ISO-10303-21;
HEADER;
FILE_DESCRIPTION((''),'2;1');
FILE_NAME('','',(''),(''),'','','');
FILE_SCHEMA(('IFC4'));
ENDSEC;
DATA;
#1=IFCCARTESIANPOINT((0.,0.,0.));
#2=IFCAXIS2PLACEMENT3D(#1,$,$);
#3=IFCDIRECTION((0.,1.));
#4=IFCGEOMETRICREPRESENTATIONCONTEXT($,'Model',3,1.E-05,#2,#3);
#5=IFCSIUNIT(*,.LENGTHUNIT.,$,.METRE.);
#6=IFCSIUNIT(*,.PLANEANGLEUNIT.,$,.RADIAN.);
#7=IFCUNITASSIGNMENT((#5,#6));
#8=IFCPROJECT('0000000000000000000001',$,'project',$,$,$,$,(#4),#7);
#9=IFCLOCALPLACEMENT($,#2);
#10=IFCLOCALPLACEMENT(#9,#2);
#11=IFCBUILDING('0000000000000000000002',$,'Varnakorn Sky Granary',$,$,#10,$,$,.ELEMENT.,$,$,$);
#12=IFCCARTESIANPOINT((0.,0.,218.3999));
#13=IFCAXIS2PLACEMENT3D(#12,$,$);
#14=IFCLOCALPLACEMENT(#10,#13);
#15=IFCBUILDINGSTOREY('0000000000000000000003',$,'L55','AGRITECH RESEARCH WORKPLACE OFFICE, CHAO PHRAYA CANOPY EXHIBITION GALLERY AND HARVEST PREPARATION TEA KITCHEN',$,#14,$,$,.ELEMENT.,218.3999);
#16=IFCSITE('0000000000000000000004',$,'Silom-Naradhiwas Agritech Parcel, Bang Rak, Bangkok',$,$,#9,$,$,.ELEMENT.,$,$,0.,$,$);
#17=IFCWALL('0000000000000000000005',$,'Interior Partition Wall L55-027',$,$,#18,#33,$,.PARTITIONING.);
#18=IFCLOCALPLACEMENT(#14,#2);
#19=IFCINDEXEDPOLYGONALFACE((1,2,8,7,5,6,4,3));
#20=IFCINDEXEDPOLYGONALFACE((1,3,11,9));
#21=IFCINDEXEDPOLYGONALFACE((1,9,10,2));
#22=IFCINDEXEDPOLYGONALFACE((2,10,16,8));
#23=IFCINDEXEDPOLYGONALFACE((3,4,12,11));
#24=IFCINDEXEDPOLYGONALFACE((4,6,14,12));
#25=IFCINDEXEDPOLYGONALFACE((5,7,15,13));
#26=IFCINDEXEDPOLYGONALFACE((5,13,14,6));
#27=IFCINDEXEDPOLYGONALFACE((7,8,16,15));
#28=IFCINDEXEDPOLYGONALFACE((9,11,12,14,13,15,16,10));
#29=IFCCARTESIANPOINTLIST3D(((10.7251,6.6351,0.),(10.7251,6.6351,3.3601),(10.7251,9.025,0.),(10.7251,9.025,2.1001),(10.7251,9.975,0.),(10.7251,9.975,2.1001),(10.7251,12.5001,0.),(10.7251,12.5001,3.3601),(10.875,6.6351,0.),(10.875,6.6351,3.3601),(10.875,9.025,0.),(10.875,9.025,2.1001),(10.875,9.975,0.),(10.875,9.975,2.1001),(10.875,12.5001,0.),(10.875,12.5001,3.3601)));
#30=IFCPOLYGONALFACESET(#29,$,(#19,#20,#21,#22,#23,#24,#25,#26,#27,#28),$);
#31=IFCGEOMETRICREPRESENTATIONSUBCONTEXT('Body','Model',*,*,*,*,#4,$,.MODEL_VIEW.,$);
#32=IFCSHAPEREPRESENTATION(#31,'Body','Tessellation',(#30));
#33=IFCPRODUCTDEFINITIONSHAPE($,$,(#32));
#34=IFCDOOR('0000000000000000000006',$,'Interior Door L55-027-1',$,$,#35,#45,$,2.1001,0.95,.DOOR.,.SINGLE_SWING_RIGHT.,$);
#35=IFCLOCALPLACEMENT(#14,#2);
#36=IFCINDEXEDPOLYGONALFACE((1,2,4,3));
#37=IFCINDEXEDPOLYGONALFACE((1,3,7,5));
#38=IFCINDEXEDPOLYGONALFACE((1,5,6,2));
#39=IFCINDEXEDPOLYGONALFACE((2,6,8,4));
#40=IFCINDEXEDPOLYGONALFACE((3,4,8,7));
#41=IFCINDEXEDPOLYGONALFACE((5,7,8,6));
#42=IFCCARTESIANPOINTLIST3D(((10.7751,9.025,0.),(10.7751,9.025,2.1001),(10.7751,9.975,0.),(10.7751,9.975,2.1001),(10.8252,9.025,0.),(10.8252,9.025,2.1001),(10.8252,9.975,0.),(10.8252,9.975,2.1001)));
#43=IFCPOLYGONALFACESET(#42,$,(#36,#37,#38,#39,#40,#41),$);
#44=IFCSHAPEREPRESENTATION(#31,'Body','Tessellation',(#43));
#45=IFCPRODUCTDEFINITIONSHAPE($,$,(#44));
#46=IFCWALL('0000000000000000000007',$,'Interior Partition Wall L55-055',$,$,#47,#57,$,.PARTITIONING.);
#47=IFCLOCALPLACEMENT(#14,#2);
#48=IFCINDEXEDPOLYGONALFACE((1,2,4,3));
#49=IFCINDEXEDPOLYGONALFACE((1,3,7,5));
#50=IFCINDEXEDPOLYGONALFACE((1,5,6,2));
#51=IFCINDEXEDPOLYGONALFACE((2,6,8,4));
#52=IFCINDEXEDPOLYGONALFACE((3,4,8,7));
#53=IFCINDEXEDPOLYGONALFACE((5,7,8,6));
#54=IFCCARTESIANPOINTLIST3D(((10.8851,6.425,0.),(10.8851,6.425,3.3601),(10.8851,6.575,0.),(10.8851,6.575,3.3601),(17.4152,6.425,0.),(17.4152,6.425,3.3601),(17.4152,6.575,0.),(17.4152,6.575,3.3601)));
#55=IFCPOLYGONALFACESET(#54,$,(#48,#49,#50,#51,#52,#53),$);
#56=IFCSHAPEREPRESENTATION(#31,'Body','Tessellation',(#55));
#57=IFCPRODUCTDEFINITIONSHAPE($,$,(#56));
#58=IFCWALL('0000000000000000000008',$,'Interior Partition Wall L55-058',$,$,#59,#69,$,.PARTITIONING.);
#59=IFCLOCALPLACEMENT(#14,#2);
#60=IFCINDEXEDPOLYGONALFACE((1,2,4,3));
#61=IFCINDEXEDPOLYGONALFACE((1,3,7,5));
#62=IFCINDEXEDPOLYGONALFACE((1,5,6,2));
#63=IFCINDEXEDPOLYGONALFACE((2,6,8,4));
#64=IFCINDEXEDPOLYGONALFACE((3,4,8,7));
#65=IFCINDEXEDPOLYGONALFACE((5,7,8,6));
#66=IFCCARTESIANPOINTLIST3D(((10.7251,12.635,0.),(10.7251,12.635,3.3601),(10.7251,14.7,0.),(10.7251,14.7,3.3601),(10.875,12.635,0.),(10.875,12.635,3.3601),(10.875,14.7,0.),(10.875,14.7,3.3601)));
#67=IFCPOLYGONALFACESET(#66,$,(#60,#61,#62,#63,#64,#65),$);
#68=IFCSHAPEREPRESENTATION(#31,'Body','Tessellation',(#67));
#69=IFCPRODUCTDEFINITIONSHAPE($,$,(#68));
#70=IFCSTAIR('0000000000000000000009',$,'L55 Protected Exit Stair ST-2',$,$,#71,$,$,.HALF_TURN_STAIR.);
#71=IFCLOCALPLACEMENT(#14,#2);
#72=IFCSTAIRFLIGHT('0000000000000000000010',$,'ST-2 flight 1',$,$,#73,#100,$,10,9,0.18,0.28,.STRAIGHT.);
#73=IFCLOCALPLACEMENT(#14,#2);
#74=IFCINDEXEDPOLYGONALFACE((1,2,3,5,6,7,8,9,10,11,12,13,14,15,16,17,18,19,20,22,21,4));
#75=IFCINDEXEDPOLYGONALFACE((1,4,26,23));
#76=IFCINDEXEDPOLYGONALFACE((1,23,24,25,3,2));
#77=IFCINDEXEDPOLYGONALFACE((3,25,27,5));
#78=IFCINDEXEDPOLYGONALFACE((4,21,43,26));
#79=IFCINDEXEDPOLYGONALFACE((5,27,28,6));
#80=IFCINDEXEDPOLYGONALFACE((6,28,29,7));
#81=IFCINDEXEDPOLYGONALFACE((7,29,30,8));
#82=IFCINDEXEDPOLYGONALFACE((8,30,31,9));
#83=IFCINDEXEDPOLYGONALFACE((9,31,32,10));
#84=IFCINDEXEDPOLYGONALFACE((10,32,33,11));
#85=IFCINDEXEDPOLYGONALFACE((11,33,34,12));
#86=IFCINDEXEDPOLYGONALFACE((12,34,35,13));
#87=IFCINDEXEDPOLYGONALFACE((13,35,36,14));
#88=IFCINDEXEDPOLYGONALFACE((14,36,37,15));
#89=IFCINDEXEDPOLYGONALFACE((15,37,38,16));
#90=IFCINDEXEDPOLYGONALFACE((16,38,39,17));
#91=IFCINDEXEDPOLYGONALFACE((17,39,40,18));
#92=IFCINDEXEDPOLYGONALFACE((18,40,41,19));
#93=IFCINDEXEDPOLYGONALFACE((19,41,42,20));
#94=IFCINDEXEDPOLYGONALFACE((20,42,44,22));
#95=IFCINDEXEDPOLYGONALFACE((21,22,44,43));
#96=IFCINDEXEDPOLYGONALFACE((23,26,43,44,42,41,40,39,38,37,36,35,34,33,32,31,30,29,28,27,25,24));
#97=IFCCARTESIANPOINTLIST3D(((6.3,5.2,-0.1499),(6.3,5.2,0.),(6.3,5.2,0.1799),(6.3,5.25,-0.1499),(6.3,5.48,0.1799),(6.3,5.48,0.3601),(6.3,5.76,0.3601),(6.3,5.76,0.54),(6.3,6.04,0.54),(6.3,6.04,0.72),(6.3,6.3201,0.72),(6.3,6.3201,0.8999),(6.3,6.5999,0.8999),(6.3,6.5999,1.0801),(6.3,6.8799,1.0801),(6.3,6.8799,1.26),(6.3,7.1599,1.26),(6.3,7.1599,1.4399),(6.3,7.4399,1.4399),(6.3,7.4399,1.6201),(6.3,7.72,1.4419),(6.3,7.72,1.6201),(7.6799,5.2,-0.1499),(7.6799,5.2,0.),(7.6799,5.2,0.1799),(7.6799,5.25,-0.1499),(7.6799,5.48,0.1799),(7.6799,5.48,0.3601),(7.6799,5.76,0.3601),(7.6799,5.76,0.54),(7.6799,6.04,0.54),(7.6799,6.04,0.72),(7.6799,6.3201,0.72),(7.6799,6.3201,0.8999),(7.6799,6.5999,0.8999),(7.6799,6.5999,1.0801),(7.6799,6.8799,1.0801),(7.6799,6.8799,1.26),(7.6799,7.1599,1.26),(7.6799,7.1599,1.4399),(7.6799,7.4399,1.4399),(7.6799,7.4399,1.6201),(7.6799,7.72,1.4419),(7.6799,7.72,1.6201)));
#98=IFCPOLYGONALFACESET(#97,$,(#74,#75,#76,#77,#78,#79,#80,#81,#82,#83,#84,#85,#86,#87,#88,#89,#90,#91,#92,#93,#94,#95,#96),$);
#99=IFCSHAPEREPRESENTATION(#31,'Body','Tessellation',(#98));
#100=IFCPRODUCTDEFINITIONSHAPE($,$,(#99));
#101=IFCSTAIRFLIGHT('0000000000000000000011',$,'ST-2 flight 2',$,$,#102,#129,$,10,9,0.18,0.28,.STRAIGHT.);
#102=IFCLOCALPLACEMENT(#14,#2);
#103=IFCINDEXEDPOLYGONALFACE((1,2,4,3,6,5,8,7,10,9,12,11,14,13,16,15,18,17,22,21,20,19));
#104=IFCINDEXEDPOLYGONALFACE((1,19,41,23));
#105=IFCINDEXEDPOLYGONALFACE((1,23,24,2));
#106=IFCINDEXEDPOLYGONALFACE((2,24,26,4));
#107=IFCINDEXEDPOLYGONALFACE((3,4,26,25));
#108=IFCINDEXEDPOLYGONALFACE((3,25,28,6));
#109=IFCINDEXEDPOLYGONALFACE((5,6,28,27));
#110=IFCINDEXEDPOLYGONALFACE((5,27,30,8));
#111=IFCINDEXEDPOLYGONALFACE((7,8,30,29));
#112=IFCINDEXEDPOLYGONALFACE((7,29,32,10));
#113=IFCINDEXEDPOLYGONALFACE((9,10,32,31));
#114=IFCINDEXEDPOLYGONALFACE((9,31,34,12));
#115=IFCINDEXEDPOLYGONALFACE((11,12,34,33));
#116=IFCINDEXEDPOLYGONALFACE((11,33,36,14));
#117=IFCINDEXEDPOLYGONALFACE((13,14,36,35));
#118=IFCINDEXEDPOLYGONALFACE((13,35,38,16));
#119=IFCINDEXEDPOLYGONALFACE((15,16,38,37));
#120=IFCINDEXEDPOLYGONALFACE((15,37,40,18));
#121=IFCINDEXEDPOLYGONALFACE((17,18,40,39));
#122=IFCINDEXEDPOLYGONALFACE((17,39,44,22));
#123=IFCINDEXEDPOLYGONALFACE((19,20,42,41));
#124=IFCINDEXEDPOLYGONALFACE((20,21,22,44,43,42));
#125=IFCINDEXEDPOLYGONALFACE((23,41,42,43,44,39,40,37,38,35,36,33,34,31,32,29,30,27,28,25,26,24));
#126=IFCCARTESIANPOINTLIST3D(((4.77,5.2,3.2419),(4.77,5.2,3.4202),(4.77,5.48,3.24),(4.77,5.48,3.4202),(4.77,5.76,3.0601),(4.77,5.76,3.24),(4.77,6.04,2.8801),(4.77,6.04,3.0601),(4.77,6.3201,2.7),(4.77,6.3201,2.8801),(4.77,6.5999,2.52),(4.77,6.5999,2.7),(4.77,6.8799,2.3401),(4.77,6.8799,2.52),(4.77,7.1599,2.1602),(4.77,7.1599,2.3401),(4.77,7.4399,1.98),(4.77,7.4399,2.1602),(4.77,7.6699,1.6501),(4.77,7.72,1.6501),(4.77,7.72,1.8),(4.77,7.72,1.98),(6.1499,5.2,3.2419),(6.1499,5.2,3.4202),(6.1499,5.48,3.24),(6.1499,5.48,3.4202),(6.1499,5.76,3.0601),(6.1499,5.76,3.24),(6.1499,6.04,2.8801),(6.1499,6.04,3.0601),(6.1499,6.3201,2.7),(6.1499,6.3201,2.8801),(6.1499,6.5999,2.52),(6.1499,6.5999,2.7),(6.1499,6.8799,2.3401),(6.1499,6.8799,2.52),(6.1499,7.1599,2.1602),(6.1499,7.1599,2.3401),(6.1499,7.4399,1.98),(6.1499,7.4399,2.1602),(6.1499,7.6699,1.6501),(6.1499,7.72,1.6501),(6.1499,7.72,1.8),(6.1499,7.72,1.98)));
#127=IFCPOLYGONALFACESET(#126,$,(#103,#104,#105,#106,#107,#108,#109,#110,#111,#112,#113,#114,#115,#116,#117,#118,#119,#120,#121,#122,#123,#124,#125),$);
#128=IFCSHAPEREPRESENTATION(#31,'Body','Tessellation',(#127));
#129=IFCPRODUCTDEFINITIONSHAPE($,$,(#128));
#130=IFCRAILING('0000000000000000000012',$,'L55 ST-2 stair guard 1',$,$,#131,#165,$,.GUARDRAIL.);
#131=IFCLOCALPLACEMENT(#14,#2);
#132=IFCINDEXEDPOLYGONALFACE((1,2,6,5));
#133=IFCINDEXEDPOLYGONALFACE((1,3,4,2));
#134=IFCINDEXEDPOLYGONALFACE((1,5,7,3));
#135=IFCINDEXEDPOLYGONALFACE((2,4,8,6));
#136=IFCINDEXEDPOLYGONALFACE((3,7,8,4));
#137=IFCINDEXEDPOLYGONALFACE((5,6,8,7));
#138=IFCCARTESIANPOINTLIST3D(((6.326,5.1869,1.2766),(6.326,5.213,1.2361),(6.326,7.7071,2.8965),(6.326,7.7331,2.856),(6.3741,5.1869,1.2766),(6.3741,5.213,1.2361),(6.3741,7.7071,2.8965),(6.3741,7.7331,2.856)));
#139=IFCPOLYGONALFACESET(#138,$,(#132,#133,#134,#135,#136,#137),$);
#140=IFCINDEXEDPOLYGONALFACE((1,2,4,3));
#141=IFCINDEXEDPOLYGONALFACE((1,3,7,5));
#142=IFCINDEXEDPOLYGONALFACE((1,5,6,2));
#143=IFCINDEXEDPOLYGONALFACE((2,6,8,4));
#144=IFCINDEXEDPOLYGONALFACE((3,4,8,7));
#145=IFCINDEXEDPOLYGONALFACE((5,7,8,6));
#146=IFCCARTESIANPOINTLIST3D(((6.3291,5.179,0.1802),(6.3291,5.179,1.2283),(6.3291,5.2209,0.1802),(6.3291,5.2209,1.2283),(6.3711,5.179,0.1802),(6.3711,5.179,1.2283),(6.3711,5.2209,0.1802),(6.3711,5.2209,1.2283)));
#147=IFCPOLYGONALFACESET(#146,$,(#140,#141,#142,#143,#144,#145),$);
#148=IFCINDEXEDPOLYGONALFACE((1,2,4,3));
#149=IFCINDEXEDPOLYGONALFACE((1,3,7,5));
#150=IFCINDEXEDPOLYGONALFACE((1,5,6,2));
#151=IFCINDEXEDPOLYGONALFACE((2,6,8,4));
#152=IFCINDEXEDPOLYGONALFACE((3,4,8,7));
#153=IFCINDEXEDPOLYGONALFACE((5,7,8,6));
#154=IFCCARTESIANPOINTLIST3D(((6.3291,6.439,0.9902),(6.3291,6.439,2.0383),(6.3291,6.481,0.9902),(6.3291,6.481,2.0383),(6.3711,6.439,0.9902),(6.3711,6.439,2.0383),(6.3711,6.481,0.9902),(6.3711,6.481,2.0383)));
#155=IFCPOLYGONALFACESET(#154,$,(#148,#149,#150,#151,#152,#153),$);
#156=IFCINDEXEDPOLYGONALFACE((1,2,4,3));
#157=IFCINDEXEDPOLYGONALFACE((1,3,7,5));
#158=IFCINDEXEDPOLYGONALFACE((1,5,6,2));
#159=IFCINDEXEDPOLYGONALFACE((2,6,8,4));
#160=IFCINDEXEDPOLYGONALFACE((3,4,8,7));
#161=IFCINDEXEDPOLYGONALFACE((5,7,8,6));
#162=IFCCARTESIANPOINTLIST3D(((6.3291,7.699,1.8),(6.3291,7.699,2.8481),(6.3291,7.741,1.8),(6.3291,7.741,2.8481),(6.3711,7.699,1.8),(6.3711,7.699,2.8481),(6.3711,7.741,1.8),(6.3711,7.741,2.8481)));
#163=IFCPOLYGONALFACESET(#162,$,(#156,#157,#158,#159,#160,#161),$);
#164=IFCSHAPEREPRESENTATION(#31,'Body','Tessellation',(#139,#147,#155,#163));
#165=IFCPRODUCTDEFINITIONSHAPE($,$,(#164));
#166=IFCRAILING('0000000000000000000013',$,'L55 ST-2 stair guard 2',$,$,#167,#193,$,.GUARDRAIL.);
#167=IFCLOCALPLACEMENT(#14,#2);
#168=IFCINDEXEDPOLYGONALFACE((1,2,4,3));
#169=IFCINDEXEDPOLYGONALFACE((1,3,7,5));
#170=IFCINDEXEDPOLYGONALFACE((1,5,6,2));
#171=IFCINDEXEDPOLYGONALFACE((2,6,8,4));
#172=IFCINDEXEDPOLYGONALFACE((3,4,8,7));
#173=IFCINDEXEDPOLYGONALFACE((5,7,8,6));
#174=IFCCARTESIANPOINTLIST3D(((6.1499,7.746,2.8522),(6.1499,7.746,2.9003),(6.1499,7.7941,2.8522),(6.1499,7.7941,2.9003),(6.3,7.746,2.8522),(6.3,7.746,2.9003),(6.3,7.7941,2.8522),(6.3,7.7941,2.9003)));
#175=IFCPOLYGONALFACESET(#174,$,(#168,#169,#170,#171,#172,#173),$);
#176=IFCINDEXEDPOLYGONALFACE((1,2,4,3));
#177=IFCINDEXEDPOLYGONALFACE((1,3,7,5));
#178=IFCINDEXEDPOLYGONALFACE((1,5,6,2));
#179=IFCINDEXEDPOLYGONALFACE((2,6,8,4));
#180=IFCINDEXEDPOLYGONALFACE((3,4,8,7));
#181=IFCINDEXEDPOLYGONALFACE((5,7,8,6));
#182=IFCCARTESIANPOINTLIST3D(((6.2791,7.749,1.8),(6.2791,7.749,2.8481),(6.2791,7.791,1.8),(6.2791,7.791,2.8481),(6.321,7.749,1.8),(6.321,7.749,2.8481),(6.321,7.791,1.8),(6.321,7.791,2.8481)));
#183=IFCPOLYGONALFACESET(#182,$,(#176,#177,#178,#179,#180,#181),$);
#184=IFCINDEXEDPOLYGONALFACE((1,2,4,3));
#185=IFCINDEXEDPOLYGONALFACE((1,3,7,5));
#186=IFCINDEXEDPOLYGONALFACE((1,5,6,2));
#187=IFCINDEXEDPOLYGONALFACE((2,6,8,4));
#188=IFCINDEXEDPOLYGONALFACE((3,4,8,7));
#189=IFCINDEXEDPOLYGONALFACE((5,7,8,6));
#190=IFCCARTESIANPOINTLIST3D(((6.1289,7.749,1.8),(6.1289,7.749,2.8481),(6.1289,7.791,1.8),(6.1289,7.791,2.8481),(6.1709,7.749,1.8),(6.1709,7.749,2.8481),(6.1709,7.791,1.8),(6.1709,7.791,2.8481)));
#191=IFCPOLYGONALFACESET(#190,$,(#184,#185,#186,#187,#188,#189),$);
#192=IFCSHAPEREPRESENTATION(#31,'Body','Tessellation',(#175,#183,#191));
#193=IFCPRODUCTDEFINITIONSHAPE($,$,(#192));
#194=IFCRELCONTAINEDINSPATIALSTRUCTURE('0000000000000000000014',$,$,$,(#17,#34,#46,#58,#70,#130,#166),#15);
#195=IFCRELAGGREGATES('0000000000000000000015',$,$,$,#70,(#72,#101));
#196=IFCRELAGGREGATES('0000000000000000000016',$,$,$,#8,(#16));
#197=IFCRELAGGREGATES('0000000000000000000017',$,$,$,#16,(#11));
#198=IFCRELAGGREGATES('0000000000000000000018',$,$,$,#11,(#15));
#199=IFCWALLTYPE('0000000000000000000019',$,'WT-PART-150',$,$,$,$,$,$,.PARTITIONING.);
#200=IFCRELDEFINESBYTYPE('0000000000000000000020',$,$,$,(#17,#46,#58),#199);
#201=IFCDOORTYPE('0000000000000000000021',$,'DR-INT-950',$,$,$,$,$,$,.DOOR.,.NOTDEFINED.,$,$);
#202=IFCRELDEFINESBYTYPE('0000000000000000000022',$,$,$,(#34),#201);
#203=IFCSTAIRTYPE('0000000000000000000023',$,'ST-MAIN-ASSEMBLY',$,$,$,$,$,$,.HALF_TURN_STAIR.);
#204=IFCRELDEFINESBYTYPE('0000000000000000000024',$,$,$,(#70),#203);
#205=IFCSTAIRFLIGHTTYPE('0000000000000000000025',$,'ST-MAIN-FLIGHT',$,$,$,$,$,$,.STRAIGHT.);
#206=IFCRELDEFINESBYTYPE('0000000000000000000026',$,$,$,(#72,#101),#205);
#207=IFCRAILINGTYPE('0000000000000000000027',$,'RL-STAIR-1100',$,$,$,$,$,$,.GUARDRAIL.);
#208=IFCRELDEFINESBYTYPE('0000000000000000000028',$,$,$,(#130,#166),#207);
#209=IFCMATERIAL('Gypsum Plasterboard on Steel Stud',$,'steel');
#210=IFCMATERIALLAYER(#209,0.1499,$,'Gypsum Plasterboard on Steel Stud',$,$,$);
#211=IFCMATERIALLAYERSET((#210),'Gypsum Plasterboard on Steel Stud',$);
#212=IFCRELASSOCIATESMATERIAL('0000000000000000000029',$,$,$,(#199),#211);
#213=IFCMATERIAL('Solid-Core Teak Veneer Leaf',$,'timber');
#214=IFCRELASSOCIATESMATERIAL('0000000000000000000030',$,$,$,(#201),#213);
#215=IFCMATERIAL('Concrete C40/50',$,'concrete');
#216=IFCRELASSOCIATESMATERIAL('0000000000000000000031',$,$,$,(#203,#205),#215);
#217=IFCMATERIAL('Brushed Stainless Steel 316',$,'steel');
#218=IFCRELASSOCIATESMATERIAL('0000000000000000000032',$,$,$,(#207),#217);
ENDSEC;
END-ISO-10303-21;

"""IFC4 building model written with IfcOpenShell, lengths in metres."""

from ifc_helpers import new_model, si_unit, direction, frame, frame_2d, origin, origin_2d, place, context, subcontext, project, spatial, polyline, rectangle, outline, extrude, material, layer, layer_set, type_object, element, fill, aggregate, save


model = new_model("IFC4")

# Units and contexts
model_context = context("Model", 3, precision=1e-05, world=origin(), true_north=direction((0.0, 1.0)))
body_context = subcontext(model_context, "Body", "Model", "MODEL_VIEW")
ifc_project = project(units=[si_unit("LENGTHUNIT", "METRE"), si_unit("PLANEANGLEUNIT", "RADIAN")], contexts=[model_context])

# Site, building, storey
site_placement = place(None, origin())
site = spatial("IfcSite", under=ifc_project, at=site_placement, Name="Silom-Naradhiwas Agritech Parcel, Bang Rak, Bangkok", CompositionType="ELEMENT", RefElevation=0.0)
building_placement = place(site_placement, origin())
building = spatial("IfcBuilding", under=site, at=building_placement, Name="Varnakorn Sky Granary", CompositionType="ELEMENT")
storey_placement = place(building_placement, frame((0.0, 0.0, 218.3999)))
storey = spatial("IfcBuildingStorey", under=building, at=storey_placement, Name="L55", Description="AGRITECH RESEARCH WORKPLACE OFFICE, CHAO PHRAYA CANOPY EXHIBITION GALLERY AND HARVEST PREPARATION TEA KITCHEN", CompositionType="ELEMENT", Elevation=218.3999)

# Wall, opening, door
ifc_material_1 = material(Name="Gypsum Plasterboard on Steel Stud", Category="steel")
ifc_layer_1 = layer(ifc_material_1, 0.1499, Name="Gypsum Plasterboard on Steel Stud")
ifc_layer_set_1 = layer_set([ifc_layer_1], Name="Gypsum Plasterboard on Steel Stud")
wall_type_1 = type_object("IfcWallType", Name="WT-PART-150", PredefinedType="PARTITIONING", material=ifc_layer_set_1)
wall_1_placement = place(storey_placement, frame((10.8, 6.635, 0.0), z_axis=(0.0, 0.0, 1.0), x_axis=(0.0, 1.0, 0.0)))
wall_1 = element("IfcWall", 1, at=wall_1_placement, inside=storey, type_object=wall_type_1, Name="Interior Partition Wall L55-027", PredefinedType="PARTITIONING", context=body_context, shape_type="SweptSolid", body=[
    extrude(rectangle(XDim=5.865, YDim=0.1499, at=frame_2d((2.9326, 0.0))), origin(), (0.0, 0.0, 1.0), 3.3601),
])
opening_placement = place(wall_1_placement, frame((2.3899, 0.0, 0.0)))
opening = element("IfcOpeningElement", 2, at=opening_placement, cuts=wall_1, PredefinedType="OPENING", context=body_context, shape_type="SweptSolid", body=[
    extrude(rectangle(XDim=0.95, YDim=2.1001, at=frame_2d((0.4751, 1.05))), frame((0.0, 0.085, 0.0), z_axis=(0.0, -1.0, 0.0), x_axis=(1.0, 0.0, 0.0)), (0.0, 0.0, 1.0), 0.1699),
])
ifc_material_2 = material(Name="Solid-Core Teak Veneer Leaf", Category="timber")
door_type = type_object("IfcDoorType", Name="DR-INT-950", OperationType="NOTDEFINED", PredefinedType="DOOR", material=ifc_material_2)
door_placement = place(opening_placement, origin())
door = element("IfcDoor", 3, at=door_placement, inside=storey, type_object=door_type, Name="Interior Door L55-027-1", OperationType="SINGLE_SWING_RIGHT", OverallHeight=2.1001, OverallWidth=0.95, PredefinedType="DOOR", context=body_context, shape_type="SweptSolid", body=[
    extrude(rectangle(XDim=0.95, YDim=2.1001, at=frame_2d((0.4751, 1.05))), frame((0.0, 0.0249, 0.0), z_axis=(0.0, -1.0, 0.0), x_axis=(1.0, 0.0, 0.0)), (0.0, 0.0, 1.0), 0.05),
])
fill(opening, door)

# Walls
wall_2_placement = place(storey_placement, frame((10.885, 6.5, 0.0), z_axis=(0.0, 0.0, 1.0), x_axis=(1.0, 0.0, 0.0)))
element("IfcWall", 4, at=wall_2_placement, inside=storey, type_object=wall_type_1, Name="Interior Partition Wall L55-055", PredefinedType="PARTITIONING", context=body_context, shape_type="SweptSolid", body=[
    extrude(rectangle(XDim=6.53, YDim=0.1499, at=frame_2d((3.2651, 0.0))), origin(), (0.0, 0.0, 1.0), 3.3601),
])
wall_3_placement = place(storey_placement, frame((10.8, 12.635, 0.0), z_axis=(0.0, 0.0, 1.0), x_axis=(0.0, 1.0, 0.0)))
element("IfcWall", 5, at=wall_3_placement, inside=storey, type_object=wall_type_1, Name="Interior Partition Wall L55-058", PredefinedType="PARTITIONING", context=body_context, shape_type="SweptSolid", body=[
    extrude(rectangle(XDim=2.0649, YDim=0.1499, at=frame_2d((1.0325, 0.0))), origin(), (0.0, 0.0, 1.0), 3.3601),
])

# Stair, stair flights
ifc_material_3 = material(Name="Concrete C40/50", Category="concrete")
stair_type = type_object("IfcStairType", Name="ST-MAIN-ASSEMBLY", PredefinedType="HALF_TURN_STAIR", material=ifc_material_3)
stair_placement = place(storey_placement, origin())
stair = element("IfcStair", 6, at=stair_placement, inside=storey, type_object=stair_type, Name="L55 Protected Exit Stair ST-2", PredefinedType="HALF_TURN_STAIR")
stair_flight_type = type_object("IfcStairFlightType", Name="ST-MAIN-FLIGHT", PredefinedType="STRAIGHT", material=ifc_material_3)
stair_flight_1_placement = place(storey_placement, frame((6.99, 5.2, 0.0), z_axis=(0.0, 0.0, 1.0), x_axis=(0.0, 1.0, 0.0)))
stair_flight_1 = element("IfcStairFlight", 7, at=stair_flight_1_placement, type_object=stair_flight_type, Name="ST-2 flight 1", NumberOfRisers=10, NumberOfTreads=9, PredefinedType="STRAIGHT", RiserHeight=0.18, TreadLength=0.28, context=body_context, shape_type="SweptSolid", body=[
    extrude(outline(polyline([(0.0, -0.1499), (0.0, 0.0), (0.0, 0.1799), (0.28, 0.1799), (0.28, 0.3601), (0.5601, 0.3601), (0.5601, 0.54), (0.8401, 0.54), (0.8401, 0.72), (1.1201, 0.72), (1.1201, 0.8999), (1.3999, 0.8999), (1.3999, 1.0801), (1.6799, 1.0801), (1.6799, 1.26), (1.96, 1.26), (1.96, 1.4399), (2.24, 1.4399), (2.24, 1.6201), (2.52, 1.6201), (2.52, 1.8), (2.52, 1.4419), (0.05, -0.1499), (0.0, -0.1499)])), frame((0.0, 0.6899, 0.0), z_axis=(0.0, -1.0, 0.0), x_axis=(1.0, 0.0, 0.0)), (0.0, 0.0, 1.0), 1.3799),
])
stair_flight_2_placement = place(storey_placement, frame((5.46, 7.72, 1.8), z_axis=(0.0, 0.0, 1.0), x_axis=(0.0, -1.0, 0.0)))
stair_flight_2 = element("IfcStairFlight", 8, at=stair_flight_2_placement, type_object=stair_flight_type, Name="ST-2 flight 2", NumberOfRisers=10, NumberOfTreads=9, PredefinedType="STRAIGHT", RiserHeight=0.18, TreadLength=0.28, context=body_context, shape_type="SweptSolid", body=[
    extrude(outline(polyline([(0.0, -0.1499), (0.0, 0.0), (0.0, 0.1799), (0.28, 0.1799), (0.28, 0.3601), (0.5601, 0.3601), (0.5601, 0.54), (0.8401, 0.54), (0.8401, 0.72), (1.1201, 0.72), (1.1201, 0.8999), (1.3999, 0.8999), (1.3999, 1.0801), (1.6799, 1.0801), (1.6799, 1.26), (1.96, 1.26), (1.96, 1.4399), (2.24, 1.4399), (2.24, 1.6201), (2.52, 1.6201), (2.52, 1.8), (2.52, 1.4419), (0.05, -0.1499), (0.0, -0.1499)])), frame((0.0, 0.6899, 0.0), z_axis=(0.0, -1.0, 0.0), x_axis=(1.0, 0.0, 0.0)), (0.0, 0.0, 1.0), 1.3799),
])
aggregate(stair, [stair_flight_1, stair_flight_2])

# Railings
ifc_material_4 = material(Name="Brushed Stainless Steel 316", Category="steel")
railing_type_1 = type_object("IfcRailingType", Name="RL-STAIR-1100", PredefinedType="GUARDRAIL", material=ifc_material_4)
railing_1_placement = place(storey_placement, frame((6.3501, 5.2, 0.1802)))
element("IfcRailing", 9, at=railing_1_placement, inside=storey, type_object=railing_type_1, Name="L55 ST-2 stair guard 1", PredefinedType="GUARDRAIL", context=body_context, shape_type="SweptSolid", body=[
    extrude(rectangle(XDim=0.0481, YDim=0.0481, at=origin_2d()), frame((0.0, 0.0, 1.0762), z_axis=(0.0, 0.8412, 0.540725), x_axis=(-1.0, 0.0, 0.0)), (0.0, 0.0, 1.0), 2.9958),
    extrude(rectangle(XDim=0.042, YDim=0.042, at=origin_2d()), origin(), (0.0, 0.0, 1.0), 1.0481),
    extrude(rectangle(XDim=0.042, YDim=0.042, at=origin_2d()), frame((0.0, 1.26, 0.8101)), (0.0, 0.0, 1.0), 1.0481),
    extrude(rectangle(XDim=0.042, YDim=0.042, at=origin_2d()), frame((0.0, 2.52, 1.6199)), (0.0, 0.0, 1.0), 1.0481),
])
railing_2_placement = place(storey_placement, frame((6.3, 7.77, 1.8)))
element("IfcRailing", 10, at=railing_2_placement, inside=storey, type_object=railing_type_1, Name="L55 ST-2 stair guard 2", PredefinedType="GUARDRAIL", context=body_context, shape_type="SweptSolid", body=[
    extrude(rectangle(XDim=0.0481, YDim=0.0481, at=origin_2d()), frame((0.0, 0.0, 1.0762), z_axis=(-1.0, 0.0, 0.0), x_axis=(0.0, -1.0, 0.0)), (0.0, 0.0, 1.0), 0.1501),
    extrude(rectangle(XDim=0.042, YDim=0.042, at=origin_2d()), origin(), (0.0, 0.0, 1.0), 1.0481),
    extrude(rectangle(XDim=0.042, YDim=0.042, at=origin_2d()), frame((-0.1501, 0.0, 0.0)), (0.0, 0.0, 1.0), 1.0481),
])

save(model, "model.ifc")
